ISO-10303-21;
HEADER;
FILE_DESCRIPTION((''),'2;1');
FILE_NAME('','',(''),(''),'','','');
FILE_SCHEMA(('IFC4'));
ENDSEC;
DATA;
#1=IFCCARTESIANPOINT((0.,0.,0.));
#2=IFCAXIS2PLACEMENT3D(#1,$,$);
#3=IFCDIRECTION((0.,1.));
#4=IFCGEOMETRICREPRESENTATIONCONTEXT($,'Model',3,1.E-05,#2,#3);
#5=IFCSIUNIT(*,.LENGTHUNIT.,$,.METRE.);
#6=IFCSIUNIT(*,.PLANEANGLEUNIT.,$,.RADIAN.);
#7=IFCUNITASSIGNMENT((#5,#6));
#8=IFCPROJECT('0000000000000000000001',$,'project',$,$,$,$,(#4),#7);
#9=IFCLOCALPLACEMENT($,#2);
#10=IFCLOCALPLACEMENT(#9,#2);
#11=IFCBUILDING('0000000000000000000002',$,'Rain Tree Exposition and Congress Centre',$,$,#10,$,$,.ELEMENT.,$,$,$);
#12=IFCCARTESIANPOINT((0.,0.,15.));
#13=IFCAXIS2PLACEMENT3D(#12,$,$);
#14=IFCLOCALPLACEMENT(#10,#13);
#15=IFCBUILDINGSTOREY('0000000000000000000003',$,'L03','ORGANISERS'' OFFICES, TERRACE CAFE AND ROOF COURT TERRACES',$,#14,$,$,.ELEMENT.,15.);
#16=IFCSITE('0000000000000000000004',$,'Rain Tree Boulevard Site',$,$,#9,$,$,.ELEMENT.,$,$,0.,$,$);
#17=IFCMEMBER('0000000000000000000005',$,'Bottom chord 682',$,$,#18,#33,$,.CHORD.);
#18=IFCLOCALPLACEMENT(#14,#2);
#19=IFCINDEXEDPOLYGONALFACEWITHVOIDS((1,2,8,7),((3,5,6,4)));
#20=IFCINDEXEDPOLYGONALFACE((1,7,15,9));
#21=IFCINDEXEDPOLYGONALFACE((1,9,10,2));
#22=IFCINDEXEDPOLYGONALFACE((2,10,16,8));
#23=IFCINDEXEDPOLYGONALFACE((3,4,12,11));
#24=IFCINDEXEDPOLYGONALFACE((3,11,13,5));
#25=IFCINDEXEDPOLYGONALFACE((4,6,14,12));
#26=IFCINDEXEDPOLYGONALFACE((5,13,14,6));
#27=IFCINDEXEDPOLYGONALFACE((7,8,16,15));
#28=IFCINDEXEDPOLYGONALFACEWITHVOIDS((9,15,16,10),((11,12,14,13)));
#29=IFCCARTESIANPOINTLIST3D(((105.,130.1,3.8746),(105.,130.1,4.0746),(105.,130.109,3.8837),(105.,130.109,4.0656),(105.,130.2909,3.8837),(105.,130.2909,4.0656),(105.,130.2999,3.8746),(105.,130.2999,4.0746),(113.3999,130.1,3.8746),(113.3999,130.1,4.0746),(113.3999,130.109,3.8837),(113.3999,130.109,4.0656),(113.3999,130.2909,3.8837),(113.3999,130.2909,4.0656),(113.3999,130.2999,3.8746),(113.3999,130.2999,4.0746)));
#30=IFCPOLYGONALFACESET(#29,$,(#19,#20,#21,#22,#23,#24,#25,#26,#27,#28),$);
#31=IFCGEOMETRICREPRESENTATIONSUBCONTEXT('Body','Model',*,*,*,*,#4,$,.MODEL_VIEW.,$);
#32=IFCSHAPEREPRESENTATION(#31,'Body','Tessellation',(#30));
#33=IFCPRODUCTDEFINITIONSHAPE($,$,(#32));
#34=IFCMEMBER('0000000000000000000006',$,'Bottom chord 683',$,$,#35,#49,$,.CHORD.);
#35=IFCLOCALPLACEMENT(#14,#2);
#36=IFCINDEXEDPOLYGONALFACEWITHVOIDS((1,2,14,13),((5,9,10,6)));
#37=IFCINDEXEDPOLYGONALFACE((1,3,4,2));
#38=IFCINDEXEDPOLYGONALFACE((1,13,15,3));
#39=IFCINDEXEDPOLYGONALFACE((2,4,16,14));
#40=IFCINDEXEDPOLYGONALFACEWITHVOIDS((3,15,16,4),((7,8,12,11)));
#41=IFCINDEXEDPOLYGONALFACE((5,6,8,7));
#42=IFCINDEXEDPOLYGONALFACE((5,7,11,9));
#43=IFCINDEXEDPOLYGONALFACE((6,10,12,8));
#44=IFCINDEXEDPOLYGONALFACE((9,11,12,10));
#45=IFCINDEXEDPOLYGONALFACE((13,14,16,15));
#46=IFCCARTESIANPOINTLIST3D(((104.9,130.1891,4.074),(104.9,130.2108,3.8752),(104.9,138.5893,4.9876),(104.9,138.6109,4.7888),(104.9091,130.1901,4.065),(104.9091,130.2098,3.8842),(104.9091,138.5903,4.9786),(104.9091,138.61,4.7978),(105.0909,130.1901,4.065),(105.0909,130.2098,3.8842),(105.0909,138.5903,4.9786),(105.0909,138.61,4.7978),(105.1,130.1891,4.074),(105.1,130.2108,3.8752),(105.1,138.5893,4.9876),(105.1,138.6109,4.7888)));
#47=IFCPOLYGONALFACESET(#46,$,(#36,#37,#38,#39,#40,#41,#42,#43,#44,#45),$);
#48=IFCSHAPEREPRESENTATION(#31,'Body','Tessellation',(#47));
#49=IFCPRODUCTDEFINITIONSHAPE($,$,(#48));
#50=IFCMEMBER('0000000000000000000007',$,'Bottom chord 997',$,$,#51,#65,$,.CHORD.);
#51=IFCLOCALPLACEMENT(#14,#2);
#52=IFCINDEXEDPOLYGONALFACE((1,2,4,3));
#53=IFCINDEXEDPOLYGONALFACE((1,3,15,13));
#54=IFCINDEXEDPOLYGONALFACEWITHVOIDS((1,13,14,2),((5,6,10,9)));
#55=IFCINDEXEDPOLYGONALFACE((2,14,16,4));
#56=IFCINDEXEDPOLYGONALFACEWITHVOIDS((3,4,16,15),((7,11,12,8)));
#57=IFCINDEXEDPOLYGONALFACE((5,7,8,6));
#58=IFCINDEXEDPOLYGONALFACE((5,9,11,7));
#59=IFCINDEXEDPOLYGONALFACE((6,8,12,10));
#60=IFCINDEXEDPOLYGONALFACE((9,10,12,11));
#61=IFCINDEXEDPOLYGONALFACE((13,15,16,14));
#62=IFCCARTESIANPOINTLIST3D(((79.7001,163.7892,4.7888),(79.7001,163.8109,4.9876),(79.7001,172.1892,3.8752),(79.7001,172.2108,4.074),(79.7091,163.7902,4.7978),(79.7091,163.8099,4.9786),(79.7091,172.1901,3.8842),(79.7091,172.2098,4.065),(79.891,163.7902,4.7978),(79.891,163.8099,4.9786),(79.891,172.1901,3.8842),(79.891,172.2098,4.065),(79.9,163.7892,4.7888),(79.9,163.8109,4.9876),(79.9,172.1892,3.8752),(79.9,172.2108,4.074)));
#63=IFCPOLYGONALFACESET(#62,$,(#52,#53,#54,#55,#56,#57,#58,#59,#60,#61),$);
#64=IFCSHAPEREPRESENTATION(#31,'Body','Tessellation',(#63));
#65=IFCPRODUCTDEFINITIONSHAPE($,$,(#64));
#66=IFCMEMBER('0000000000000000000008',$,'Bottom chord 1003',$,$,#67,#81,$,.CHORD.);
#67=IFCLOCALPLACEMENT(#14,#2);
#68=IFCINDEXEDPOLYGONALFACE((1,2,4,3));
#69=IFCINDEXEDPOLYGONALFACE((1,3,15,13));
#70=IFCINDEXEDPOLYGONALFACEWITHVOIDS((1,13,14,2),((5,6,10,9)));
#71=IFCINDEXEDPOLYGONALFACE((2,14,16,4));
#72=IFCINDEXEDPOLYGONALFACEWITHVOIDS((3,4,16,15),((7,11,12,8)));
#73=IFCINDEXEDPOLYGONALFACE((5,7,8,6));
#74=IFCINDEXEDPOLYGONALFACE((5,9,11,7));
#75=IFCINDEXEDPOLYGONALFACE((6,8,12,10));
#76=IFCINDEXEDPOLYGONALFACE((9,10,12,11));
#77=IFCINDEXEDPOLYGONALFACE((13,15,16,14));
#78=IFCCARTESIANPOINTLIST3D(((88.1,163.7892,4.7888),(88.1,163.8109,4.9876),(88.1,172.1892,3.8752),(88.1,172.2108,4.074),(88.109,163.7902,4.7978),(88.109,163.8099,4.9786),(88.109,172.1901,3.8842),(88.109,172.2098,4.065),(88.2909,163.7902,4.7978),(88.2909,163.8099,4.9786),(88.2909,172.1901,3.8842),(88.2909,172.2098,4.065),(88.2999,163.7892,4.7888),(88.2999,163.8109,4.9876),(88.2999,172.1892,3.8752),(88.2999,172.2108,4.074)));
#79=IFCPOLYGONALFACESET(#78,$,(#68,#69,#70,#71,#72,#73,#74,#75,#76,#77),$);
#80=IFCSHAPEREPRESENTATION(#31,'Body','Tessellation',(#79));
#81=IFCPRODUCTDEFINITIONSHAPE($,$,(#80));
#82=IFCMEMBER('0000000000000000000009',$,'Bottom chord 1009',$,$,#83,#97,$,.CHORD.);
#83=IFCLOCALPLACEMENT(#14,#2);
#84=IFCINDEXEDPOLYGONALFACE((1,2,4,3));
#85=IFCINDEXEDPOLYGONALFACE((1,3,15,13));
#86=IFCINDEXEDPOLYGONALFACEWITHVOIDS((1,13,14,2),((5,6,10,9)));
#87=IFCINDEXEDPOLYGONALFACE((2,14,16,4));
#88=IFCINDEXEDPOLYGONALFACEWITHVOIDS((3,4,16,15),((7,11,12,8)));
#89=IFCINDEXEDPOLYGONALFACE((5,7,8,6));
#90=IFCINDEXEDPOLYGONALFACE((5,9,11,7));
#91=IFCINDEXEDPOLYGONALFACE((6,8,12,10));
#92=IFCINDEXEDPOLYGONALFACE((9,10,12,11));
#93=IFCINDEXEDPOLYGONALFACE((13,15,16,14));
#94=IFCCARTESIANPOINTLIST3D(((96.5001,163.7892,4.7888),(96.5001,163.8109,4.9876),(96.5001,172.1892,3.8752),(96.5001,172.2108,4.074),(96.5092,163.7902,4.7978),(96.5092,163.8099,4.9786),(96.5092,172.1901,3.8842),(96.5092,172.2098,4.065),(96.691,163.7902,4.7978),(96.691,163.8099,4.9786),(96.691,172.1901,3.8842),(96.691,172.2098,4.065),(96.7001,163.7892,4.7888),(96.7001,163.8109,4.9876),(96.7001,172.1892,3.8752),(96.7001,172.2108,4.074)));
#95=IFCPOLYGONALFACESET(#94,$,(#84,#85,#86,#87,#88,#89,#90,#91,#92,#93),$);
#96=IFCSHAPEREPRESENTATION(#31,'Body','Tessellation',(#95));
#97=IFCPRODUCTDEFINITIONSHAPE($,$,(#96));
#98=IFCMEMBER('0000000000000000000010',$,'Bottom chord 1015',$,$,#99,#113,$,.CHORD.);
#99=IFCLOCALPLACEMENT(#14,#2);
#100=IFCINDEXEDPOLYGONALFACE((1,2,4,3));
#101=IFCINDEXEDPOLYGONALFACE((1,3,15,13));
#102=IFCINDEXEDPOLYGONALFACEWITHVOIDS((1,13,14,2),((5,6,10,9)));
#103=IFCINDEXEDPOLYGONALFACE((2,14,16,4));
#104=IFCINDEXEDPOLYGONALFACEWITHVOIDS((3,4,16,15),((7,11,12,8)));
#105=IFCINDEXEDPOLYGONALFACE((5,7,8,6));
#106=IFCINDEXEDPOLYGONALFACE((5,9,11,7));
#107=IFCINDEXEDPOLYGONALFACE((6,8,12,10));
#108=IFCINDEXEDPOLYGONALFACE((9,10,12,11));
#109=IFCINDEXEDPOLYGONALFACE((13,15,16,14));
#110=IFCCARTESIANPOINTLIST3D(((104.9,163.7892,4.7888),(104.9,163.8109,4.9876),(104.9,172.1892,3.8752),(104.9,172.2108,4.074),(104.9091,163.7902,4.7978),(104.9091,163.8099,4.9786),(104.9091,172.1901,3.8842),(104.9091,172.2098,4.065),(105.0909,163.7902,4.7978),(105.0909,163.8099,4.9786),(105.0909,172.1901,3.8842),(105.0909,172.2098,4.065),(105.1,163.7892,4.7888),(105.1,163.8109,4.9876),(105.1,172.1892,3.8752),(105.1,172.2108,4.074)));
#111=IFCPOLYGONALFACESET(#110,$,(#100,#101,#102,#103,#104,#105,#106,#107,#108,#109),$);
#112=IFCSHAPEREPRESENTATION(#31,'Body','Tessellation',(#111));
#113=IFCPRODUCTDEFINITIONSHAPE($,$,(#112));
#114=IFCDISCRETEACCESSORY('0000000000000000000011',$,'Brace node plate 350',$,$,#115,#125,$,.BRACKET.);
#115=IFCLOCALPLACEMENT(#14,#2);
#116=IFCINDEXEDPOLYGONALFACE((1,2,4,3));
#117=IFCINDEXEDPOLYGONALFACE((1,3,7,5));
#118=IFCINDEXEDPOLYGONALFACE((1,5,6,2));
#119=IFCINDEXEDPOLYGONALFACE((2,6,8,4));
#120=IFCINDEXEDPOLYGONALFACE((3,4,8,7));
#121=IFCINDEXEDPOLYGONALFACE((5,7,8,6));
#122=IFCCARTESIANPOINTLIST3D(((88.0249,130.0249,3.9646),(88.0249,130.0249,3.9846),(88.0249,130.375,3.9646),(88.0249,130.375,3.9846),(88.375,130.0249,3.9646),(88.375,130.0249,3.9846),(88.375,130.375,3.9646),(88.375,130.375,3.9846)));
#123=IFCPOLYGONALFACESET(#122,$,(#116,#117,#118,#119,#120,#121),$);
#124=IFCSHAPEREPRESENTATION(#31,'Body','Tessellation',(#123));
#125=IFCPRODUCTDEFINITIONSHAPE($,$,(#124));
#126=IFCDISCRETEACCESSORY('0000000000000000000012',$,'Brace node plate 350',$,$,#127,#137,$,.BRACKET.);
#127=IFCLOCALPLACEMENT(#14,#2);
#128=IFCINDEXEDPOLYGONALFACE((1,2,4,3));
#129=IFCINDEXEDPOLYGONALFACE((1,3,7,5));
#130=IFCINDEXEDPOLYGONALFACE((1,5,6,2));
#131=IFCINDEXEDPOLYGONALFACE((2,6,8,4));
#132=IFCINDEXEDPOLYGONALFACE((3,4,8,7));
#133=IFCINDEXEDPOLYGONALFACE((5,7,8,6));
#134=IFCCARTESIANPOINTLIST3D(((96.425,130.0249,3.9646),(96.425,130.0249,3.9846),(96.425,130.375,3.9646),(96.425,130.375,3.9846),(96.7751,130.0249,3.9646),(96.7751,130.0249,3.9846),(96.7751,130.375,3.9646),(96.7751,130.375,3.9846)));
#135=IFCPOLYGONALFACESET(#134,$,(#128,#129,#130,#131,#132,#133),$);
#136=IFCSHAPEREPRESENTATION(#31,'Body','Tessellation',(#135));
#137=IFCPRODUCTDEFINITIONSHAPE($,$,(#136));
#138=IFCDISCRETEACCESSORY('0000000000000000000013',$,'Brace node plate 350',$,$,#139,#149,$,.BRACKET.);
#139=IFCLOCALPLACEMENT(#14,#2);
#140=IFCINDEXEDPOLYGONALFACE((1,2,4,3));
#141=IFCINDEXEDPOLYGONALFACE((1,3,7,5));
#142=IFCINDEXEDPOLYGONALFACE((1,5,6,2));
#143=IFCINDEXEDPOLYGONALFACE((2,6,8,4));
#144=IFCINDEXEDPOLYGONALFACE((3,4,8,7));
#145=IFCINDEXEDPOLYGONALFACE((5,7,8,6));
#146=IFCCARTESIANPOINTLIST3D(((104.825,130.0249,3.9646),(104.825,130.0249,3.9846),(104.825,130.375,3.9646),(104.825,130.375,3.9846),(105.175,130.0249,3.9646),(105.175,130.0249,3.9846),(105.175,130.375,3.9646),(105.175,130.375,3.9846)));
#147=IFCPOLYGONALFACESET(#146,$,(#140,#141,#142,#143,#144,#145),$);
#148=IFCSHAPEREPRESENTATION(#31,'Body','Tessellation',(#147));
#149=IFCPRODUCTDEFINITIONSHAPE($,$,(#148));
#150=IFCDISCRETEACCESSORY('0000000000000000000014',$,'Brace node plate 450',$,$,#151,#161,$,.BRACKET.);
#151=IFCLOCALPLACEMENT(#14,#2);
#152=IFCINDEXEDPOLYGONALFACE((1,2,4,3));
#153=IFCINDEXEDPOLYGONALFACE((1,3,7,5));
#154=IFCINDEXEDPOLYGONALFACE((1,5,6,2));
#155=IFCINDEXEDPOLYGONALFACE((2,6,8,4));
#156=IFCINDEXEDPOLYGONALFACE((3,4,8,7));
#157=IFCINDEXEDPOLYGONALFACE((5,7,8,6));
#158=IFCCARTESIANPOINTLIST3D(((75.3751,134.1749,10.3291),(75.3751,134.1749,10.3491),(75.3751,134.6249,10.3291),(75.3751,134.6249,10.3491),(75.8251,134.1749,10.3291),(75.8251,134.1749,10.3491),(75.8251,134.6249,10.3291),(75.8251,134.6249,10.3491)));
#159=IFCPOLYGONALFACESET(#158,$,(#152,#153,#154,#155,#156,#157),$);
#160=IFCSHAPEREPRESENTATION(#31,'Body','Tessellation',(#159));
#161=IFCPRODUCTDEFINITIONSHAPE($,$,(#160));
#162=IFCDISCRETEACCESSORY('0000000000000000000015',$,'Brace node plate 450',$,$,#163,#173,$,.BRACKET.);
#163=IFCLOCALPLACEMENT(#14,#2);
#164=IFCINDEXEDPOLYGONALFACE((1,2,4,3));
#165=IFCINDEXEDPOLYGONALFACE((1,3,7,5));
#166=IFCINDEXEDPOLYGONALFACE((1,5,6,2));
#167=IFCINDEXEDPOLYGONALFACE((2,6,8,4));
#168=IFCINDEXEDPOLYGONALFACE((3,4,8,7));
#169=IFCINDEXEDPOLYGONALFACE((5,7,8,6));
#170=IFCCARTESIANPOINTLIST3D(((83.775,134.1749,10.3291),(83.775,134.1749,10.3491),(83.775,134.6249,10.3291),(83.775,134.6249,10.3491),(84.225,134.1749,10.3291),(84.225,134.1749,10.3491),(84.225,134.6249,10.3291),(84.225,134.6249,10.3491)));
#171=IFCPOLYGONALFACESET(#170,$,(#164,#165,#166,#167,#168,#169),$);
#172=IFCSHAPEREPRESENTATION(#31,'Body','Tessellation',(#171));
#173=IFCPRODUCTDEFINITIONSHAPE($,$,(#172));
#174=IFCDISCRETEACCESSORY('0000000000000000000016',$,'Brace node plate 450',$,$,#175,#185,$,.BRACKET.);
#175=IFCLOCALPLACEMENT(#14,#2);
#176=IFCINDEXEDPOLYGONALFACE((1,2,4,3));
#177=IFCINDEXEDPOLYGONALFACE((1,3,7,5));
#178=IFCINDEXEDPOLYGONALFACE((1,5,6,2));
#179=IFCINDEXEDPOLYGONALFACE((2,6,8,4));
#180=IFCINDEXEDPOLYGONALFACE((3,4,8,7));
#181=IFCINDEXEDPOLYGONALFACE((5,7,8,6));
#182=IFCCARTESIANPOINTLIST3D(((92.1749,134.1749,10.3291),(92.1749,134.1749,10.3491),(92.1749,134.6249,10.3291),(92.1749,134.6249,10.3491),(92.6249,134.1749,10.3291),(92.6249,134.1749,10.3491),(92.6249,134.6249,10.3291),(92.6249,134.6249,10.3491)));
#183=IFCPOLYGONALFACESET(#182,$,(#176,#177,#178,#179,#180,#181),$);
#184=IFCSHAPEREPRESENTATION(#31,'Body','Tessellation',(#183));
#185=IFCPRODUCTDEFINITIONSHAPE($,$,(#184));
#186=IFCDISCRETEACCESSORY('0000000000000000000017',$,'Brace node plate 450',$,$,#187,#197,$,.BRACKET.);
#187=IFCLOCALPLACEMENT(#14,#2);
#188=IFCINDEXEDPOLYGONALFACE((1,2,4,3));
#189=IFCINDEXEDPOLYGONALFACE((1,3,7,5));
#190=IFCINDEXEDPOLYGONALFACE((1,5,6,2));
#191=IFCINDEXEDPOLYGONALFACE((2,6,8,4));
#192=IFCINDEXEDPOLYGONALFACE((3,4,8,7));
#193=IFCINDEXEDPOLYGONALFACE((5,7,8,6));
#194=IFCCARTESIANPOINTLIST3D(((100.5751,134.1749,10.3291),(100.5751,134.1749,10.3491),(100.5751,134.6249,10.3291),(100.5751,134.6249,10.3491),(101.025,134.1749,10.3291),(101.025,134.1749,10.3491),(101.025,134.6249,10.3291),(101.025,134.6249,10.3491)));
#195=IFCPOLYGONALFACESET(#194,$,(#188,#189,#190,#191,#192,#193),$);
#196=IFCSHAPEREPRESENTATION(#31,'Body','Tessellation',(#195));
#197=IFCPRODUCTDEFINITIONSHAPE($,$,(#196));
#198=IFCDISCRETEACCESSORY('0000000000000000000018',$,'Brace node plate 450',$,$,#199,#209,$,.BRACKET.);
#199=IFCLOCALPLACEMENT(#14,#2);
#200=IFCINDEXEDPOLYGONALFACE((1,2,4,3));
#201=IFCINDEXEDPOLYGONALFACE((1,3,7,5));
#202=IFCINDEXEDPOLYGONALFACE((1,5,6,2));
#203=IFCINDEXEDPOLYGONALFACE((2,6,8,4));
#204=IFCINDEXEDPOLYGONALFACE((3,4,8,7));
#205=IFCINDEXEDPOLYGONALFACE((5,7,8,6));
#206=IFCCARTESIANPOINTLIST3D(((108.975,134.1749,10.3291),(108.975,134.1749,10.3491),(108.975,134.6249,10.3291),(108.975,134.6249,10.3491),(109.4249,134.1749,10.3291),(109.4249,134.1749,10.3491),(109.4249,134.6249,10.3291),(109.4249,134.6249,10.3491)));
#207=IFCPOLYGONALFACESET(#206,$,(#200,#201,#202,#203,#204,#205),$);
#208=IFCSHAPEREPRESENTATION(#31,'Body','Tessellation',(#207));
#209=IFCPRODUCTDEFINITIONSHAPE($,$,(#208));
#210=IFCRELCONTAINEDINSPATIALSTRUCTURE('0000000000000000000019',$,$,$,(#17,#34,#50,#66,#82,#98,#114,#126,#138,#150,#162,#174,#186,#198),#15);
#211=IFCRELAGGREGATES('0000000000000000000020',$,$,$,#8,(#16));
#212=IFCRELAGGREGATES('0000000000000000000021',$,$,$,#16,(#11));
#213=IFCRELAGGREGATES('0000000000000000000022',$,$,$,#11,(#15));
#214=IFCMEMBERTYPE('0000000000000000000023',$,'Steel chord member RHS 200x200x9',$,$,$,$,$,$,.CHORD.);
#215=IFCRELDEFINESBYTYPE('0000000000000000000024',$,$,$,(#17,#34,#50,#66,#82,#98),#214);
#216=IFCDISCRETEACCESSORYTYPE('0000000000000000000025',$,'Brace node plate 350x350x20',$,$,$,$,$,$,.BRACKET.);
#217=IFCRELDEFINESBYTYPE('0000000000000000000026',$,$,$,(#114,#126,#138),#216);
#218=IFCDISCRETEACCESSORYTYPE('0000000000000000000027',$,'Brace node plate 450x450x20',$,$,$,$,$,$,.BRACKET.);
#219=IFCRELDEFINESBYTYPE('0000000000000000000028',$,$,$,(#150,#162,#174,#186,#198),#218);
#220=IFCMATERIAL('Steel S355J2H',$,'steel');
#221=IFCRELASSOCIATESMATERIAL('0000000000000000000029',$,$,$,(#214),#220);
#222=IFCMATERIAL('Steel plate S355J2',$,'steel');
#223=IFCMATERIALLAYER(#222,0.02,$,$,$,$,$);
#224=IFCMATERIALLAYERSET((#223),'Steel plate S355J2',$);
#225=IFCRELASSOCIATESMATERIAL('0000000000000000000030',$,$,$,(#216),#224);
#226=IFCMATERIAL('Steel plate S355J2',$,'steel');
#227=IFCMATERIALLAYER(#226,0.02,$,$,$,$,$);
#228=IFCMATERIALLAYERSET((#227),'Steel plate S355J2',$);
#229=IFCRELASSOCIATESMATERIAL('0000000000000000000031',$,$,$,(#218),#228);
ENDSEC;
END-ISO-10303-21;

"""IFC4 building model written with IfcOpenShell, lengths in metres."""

from ifc_helpers import new_model, si_unit, direction, frame, origin, origin_2d, place, context, subcontext, project, spatial, rectangle, hollow_rectangle, extrude, material, layer, layer_set, material_profile, profile_set, type_object, element, save


model = new_model("IFC4")

# Units and contexts
model_context = context("Model", 3, precision=1e-05, world=origin(), true_north=direction((0.0, 1.0)))
body_context = subcontext(model_context, "Body", "Model", "MODEL_VIEW")
ifc_project = project(units=[si_unit("LENGTHUNIT", "METRE"), si_unit("PLANEANGLEUNIT", "RADIAN")], contexts=[model_context])

# Site, building, storey
site_placement = place(None, origin())
site = spatial("IfcSite", under=ifc_project, at=site_placement, Name="Rain Tree Boulevard Site", CompositionType="ELEMENT", RefElevation=0.0)
building_placement = place(site_placement, origin())
building = spatial("IfcBuilding", under=site, at=building_placement, Name="Rain Tree Exposition and Congress Centre", CompositionType="ELEMENT")
storey_placement = place(building_placement, frame((0.0, 0.0, 15.0)))
storey = spatial("IfcBuildingStorey", under=building, at=storey_placement, Name="L03", Description="ORGANISERS' OFFICES, TERRACE CAFE AND ROOF COURT TERRACES", CompositionType="ELEMENT", Elevation=15.0)

# Members
ifc_material_1 = material(Name="Steel S355J2H", Category="steel")
ifc_material_profile_1 = material_profile(ifc_material_1, hollow_rectangle(XDim=0.2, YDim=0.2, WallThickness=0.009, at=origin_2d()), Name="RHS 200x200x9")
ifc_profile_set_1 = profile_set([ifc_material_profile_1], Name="Steel S355J2H")
member_type_1 = type_object("IfcMemberType", Name="Steel chord member RHS 200x200x9", PredefinedType="CHORD", material=ifc_profile_set_1)
member_1_placement = place(storey_placement, frame((105.0, 130.2, 3.9746), z_axis=(1.0, 0.0, 0.0), x_axis=(0.0, 1.0, 0.0)))
element("IfcMember", 1, at=member_1_placement, inside=storey, type_object=member_type_1, Name="Bottom chord 682", PredefinedType="CHORD", context=body_context, shape_type="SweptSolid", body=[
    extrude(hollow_rectangle(XDim=0.2, YDim=0.2, WallThickness=0.009, at=origin_2d()), origin(), (0.0, 0.0, 1.0), 8.3999),
])
member_2_placement = place(storey_placement, frame((105.0, 130.2, 3.9746), z_axis=(0.0, 0.994138, 0.108119), x_axis=(-1.0, 0.0, 0.0)))
element("IfcMember", 2, at=member_2_placement, inside=storey, type_object=member_type_1, Name="Bottom chord 683", PredefinedType="CHORD", context=body_context, shape_type="SweptSolid", body=[
    extrude(hollow_rectangle(XDim=0.2, YDim=0.2, WallThickness=0.009, at=origin_2d()), origin(), (0.0, 0.0, 1.0), 8.4497),
])
for number, where, z_axis, x_axis, name in (
    (3, (79.8, 163.8, 4.8882), (0.0, 0.994138, -0.108123), (-1.0, 0.0, 0.0), "Bottom chord 997"),
    (4, (88.2, 163.8, 4.8882), (0.0, 0.994138, -0.108123), (-1.0, 0.0, 0.0), "Bottom chord 1003"),
    (5, (96.6001, 163.8, 4.8882), (0.0, 0.994138, -0.108123), (-1.0, 0.0, 0.0), "Bottom chord 1009"),
    (6, (105.0, 163.8, 4.8882), (0.0, 0.994138, -0.108123), (-1.0, 0.0, 0.0), "Bottom chord 1015"),
):
    element("IfcMember", number, at=place(storey_placement, frame(where, z_axis=z_axis, x_axis=x_axis)), inside=storey, type_object=member_type_1, Name=name, PredefinedType="CHORD", context=body_context, shape_type="SweptSolid", body=[
        extrude(hollow_rectangle(XDim=0.2, YDim=0.2, WallThickness=0.009, at=origin_2d()), origin(), (0.0, 0.0, 1.0), 8.4495),
    ])

# Discrete accessories
ifc_material_2 = material(Name="Steel plate S355J2", Category="steel")
ifc_layer_1 = layer(ifc_material_2, 0.02)
ifc_layer_set_1 = layer_set([ifc_layer_1], Name="Steel plate S355J2")
discrete_accessory_type_1 = type_object("IfcDiscreteAccessoryType", Name="Brace node plate 350x350x20", PredefinedType="BRACKET", material=ifc_layer_set_1)
for number, where, z_axis, x_axis, name in (
    (7, (88.2, 130.2, 3.9646), (0.0, 0.0, 1.0), (1.0, 0.0, 0.0), "Brace node plate 350"),
    (8, (96.6001, 130.2, 3.9646), (0.0, 0.0, 1.0), (1.0, 0.0, 0.0), "Brace node plate 350"),
    (9, (105.0, 130.2, 3.9646), (0.0, 0.0, 1.0), (1.0, 0.0, 0.0), "Brace node plate 350"),
):
    element("IfcDiscreteAccessory", number, at=place(storey_placement, frame(where, z_axis=z_axis, x_axis=x_axis)), inside=storey, type_object=discrete_accessory_type_1, Name=name, PredefinedType="BRACKET", context=body_context, shape_type="SweptSolid", body=[
        extrude(rectangle(XDim=0.3501, YDim=0.3501, at=origin_2d()), origin(), (0.0, 0.0, 1.0), 0.02),
    ])
ifc_material_3 = material(Name="Steel plate S355J2", Category="steel")
ifc_layer_2 = layer(ifc_material_3, 0.02)
ifc_layer_set_2 = layer_set([ifc_layer_2], Name="Steel plate S355J2")
discrete_accessory_type_2 = type_object("IfcDiscreteAccessoryType", Name="Brace node plate 450x450x20", PredefinedType="BRACKET", material=ifc_layer_set_2)
for number, where, z_axis, x_axis, name in (
    (10, (75.6001, 134.3999, 10.3291), (0.0, 0.0, 1.0), (1.0, 0.0, 0.0), "Brace node plate 450"),
    (11, (84.0, 134.3999, 10.3291), (0.0, 0.0, 1.0), (1.0, 0.0, 0.0), "Brace node plate 450"),
    (12, (92.3999, 134.3999, 10.3291), (0.0, 0.0, 1.0), (1.0, 0.0, 0.0), "Brace node plate 450"),
    (13, (100.8, 134.3999, 10.3291), (0.0, 0.0, 1.0), (1.0, 0.0, 0.0), "Brace node plate 450"),
    (14, (109.2, 134.3999, 10.3291), (0.0, 0.0, 1.0), (1.0, 0.0, 0.0), "Brace node plate 450"),
):
    element("IfcDiscreteAccessory", number, at=place(storey_placement, frame(where, z_axis=z_axis, x_axis=x_axis)), inside=storey, type_object=discrete_accessory_type_2, Name=name, PredefinedType="BRACKET", context=body_context, shape_type="SweptSolid", body=[
        extrude(rectangle(XDim=0.45, YDim=0.45, at=origin_2d()), origin(), (0.0, 0.0, 1.0), 0.02),
    ])

save(model, "model.ifc")
